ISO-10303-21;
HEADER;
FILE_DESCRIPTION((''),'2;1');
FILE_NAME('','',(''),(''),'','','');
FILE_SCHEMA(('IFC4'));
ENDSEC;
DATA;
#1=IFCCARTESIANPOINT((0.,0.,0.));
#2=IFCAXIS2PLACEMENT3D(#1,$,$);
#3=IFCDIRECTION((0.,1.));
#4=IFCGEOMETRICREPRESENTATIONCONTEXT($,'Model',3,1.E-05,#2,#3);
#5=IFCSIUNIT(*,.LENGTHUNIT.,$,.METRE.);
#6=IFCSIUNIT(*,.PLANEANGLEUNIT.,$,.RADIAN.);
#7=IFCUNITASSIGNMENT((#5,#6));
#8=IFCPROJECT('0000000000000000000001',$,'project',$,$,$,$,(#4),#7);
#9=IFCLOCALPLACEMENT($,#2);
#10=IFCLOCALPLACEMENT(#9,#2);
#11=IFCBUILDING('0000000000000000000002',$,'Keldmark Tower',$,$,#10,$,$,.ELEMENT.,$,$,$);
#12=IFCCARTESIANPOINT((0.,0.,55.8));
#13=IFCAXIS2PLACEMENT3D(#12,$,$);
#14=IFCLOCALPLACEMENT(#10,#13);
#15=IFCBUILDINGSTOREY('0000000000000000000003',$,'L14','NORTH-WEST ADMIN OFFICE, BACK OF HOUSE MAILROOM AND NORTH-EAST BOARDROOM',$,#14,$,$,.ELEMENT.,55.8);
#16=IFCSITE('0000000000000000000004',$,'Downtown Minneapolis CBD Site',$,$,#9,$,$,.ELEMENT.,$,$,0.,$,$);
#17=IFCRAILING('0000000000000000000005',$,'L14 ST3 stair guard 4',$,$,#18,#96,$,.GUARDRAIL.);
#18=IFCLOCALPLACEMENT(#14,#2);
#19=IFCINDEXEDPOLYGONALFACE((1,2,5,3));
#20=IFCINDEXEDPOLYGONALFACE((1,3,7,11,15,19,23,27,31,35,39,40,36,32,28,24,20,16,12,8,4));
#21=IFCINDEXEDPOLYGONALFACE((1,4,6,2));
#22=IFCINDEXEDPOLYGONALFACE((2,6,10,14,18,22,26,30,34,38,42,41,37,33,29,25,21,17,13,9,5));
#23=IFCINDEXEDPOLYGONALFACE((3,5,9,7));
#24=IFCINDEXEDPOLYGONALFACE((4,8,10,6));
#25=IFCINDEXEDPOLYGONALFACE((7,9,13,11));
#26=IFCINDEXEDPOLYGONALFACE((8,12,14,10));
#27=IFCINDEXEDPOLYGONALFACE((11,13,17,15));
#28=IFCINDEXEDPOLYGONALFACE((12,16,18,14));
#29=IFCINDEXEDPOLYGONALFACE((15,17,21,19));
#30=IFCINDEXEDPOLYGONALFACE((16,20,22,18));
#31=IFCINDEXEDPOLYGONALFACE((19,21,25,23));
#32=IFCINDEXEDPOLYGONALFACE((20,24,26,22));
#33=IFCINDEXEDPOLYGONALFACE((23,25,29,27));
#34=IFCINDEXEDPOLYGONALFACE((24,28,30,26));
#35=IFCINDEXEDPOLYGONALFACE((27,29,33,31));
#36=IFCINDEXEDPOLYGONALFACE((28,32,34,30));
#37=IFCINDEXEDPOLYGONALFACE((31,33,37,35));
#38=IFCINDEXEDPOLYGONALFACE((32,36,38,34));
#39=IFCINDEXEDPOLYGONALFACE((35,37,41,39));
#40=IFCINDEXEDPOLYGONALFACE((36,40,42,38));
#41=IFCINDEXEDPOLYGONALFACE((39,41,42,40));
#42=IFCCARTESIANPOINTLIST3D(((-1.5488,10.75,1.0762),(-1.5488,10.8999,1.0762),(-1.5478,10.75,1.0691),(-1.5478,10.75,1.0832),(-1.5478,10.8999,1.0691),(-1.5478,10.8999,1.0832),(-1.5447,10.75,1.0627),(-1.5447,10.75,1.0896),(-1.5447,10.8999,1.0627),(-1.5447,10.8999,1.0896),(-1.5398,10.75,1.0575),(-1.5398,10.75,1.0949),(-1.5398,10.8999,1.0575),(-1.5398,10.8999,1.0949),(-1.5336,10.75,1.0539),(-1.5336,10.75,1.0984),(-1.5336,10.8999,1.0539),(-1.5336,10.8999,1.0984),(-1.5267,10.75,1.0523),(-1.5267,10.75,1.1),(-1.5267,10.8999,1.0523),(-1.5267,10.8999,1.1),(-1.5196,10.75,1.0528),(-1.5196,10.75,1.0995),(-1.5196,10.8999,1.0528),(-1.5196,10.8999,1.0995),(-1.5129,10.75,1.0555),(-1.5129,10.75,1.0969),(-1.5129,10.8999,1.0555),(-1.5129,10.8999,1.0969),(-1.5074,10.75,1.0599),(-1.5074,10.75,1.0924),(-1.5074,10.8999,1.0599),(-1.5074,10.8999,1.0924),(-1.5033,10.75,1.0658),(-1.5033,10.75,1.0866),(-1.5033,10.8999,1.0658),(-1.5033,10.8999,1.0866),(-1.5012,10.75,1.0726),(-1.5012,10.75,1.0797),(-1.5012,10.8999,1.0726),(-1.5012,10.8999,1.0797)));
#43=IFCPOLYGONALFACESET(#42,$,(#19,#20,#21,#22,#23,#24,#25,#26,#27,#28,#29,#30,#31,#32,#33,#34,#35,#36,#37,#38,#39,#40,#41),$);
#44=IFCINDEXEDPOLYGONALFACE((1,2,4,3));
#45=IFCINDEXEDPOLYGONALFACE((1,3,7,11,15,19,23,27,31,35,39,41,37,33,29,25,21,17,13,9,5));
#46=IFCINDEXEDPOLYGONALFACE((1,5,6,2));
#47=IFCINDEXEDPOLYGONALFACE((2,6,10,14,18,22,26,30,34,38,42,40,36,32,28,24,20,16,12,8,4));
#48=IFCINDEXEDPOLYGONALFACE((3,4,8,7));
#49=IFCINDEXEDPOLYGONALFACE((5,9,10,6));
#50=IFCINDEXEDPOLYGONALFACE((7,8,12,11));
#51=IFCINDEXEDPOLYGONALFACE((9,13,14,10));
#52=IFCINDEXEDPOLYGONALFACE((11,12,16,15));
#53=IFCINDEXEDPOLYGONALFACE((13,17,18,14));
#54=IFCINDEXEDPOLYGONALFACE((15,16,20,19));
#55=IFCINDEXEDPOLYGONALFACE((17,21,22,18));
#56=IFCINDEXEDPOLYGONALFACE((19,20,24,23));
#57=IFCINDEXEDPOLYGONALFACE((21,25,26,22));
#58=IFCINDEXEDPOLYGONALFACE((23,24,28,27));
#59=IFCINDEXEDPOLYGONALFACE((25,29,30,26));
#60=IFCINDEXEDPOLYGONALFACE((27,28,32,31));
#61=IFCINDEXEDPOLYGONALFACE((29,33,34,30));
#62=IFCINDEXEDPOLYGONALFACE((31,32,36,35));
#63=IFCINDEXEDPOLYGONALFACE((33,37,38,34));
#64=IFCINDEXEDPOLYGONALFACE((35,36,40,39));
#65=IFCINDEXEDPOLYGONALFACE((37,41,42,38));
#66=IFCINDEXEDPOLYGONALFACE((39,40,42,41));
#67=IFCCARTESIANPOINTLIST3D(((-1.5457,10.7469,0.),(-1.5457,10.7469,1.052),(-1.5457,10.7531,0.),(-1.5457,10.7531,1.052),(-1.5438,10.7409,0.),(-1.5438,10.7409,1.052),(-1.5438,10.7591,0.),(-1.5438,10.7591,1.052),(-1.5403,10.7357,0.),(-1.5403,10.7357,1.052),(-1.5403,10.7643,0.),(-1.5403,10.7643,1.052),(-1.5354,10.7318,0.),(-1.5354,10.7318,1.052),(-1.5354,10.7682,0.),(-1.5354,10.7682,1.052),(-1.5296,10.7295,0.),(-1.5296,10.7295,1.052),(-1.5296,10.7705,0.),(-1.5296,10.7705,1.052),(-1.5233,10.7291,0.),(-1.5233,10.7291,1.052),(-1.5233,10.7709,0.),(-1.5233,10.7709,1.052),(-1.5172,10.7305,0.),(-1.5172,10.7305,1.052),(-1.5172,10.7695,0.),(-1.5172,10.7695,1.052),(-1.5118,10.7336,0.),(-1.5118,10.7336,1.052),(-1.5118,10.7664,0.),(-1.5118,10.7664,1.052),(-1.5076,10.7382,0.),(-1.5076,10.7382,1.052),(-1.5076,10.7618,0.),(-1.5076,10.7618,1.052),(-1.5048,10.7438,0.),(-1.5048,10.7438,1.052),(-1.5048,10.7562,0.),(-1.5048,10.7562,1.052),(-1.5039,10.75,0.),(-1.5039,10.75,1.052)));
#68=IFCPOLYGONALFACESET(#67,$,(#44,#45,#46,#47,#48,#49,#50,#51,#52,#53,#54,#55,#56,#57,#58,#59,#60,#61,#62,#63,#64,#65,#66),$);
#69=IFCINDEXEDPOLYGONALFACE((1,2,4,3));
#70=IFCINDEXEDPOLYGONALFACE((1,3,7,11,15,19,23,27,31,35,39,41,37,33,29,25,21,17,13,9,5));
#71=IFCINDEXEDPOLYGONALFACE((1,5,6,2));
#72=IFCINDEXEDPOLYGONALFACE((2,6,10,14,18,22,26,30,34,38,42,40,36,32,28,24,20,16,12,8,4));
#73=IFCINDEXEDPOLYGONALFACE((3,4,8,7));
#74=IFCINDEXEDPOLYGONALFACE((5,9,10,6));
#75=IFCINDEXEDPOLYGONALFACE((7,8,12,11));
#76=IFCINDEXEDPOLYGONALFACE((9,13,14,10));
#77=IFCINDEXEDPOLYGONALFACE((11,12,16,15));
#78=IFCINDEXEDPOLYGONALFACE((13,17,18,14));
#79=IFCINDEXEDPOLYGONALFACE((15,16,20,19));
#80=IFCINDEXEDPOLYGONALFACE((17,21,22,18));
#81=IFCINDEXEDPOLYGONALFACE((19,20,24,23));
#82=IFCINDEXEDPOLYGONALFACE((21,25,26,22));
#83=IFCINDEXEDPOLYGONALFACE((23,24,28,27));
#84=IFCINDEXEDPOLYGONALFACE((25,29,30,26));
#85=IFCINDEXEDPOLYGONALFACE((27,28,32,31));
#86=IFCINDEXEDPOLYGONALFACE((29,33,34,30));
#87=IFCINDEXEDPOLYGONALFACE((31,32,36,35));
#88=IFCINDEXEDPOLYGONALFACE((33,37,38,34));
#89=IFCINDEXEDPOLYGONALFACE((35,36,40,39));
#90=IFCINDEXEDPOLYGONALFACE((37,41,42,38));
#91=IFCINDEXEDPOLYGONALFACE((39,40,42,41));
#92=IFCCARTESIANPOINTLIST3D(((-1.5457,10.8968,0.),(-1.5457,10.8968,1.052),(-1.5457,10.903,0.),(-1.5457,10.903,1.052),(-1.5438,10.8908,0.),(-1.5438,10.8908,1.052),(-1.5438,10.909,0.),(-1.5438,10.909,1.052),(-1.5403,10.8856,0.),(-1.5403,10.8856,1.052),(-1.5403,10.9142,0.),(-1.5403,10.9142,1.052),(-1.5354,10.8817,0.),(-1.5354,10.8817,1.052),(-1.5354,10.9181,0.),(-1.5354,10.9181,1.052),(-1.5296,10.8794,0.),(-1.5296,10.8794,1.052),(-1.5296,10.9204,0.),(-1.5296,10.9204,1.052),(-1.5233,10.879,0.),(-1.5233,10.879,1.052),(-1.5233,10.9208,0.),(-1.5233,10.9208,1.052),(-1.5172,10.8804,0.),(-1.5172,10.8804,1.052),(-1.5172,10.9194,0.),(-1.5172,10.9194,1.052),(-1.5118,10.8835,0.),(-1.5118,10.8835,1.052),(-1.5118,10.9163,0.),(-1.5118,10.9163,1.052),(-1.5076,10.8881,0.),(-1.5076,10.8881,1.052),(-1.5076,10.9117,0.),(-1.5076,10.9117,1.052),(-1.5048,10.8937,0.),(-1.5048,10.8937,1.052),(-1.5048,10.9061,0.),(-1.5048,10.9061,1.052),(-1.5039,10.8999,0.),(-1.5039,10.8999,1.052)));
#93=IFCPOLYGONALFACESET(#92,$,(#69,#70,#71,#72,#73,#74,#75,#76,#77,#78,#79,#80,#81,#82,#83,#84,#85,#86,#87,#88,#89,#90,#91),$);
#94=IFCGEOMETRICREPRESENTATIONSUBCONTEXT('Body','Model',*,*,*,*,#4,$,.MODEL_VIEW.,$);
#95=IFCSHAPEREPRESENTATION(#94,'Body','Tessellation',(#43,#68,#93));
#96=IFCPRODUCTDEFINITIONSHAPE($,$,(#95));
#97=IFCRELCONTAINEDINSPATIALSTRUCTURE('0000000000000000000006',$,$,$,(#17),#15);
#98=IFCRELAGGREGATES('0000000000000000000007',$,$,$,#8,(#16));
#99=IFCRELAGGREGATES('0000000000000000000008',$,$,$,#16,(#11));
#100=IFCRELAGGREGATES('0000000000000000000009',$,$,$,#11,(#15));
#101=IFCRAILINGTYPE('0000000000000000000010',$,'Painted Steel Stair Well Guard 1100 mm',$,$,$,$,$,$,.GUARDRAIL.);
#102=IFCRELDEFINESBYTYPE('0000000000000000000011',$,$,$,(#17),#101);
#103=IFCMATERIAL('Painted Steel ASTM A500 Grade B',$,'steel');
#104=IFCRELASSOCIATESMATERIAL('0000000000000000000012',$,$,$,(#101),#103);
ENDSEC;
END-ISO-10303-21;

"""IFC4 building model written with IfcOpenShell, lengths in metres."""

from ifc_helpers import new_model, si_unit, direction, frame, origin, origin_2d, place, context, subcontext, project, spatial, circle, extrude, material, type_object, element, save


model = new_model("IFC4")

# Units and contexts
model_context = context("Model", 3, precision=1e-05, world=origin(), true_north=direction((0.0, 1.0)))
body_context = subcontext(model_context, "Body", "Model", "MODEL_VIEW")
ifc_project = project(units=[si_unit("LENGTHUNIT", "METRE"), si_unit("PLANEANGLEUNIT", "RADIAN")], contexts=[model_context])

# Site, building, storey
site_placement = place(None, origin())
site = spatial("IfcSite", under=ifc_project, at=site_placement, Name="Downtown Minneapolis CBD Site", CompositionType="ELEMENT", RefElevation=0.0)
building_placement = place(site_placement, origin())
building = spatial("IfcBuilding", under=site, at=building_placement, Name="Keldmark Tower", CompositionType="ELEMENT")
storey_placement = place(building_placement, frame((0.0, 0.0, 55.8)))
storey = spatial("IfcBuildingStorey", under=building, at=storey_placement, Name="L14", Description="NORTH-WEST ADMIN OFFICE, BACK OF HOUSE MAILROOM AND NORTH-EAST BOARDROOM", CompositionType="ELEMENT", Elevation=55.8)

# Railing
ifc_material_1 = material(Name="Painted Steel ASTM A500 Grade B", Category="steel")
railing_type_1 = type_object("IfcRailingType", Name="Painted Steel Stair Well Guard 1100 mm", PredefinedType="GUARDRAIL", material=ifc_material_1)
railing_1_placement = place(storey_placement, frame((-1.5249, 10.75, 0.0)))
element("IfcRailing", 1, at=railing_1_placement, inside=storey, type_object=railing_type_1, Name="L14 ST3 stair guard 4", PredefinedType="GUARDRAIL", context=body_context, shape_type="SweptSolid", body=[
    extrude(circle(Radius=0.0239, at=origin_2d()), frame((0.0, 0.0, 1.0762), z_axis=(0.0, 1.0, 0.0), x_axis=(-1.0, 0.0, 0.0)), (0.0, 0.0, 1.0), 0.1499),
    extrude(circle(Radius=0.021, at=origin_2d()), origin(), (0.0, 0.0, 1.0), 1.052),
    extrude(circle(Radius=0.021, at=origin_2d()), frame((0.0, 0.1499, 0.0)), (0.0, 0.0, 1.0), 1.052),
])

save(model, "model.ifc")
